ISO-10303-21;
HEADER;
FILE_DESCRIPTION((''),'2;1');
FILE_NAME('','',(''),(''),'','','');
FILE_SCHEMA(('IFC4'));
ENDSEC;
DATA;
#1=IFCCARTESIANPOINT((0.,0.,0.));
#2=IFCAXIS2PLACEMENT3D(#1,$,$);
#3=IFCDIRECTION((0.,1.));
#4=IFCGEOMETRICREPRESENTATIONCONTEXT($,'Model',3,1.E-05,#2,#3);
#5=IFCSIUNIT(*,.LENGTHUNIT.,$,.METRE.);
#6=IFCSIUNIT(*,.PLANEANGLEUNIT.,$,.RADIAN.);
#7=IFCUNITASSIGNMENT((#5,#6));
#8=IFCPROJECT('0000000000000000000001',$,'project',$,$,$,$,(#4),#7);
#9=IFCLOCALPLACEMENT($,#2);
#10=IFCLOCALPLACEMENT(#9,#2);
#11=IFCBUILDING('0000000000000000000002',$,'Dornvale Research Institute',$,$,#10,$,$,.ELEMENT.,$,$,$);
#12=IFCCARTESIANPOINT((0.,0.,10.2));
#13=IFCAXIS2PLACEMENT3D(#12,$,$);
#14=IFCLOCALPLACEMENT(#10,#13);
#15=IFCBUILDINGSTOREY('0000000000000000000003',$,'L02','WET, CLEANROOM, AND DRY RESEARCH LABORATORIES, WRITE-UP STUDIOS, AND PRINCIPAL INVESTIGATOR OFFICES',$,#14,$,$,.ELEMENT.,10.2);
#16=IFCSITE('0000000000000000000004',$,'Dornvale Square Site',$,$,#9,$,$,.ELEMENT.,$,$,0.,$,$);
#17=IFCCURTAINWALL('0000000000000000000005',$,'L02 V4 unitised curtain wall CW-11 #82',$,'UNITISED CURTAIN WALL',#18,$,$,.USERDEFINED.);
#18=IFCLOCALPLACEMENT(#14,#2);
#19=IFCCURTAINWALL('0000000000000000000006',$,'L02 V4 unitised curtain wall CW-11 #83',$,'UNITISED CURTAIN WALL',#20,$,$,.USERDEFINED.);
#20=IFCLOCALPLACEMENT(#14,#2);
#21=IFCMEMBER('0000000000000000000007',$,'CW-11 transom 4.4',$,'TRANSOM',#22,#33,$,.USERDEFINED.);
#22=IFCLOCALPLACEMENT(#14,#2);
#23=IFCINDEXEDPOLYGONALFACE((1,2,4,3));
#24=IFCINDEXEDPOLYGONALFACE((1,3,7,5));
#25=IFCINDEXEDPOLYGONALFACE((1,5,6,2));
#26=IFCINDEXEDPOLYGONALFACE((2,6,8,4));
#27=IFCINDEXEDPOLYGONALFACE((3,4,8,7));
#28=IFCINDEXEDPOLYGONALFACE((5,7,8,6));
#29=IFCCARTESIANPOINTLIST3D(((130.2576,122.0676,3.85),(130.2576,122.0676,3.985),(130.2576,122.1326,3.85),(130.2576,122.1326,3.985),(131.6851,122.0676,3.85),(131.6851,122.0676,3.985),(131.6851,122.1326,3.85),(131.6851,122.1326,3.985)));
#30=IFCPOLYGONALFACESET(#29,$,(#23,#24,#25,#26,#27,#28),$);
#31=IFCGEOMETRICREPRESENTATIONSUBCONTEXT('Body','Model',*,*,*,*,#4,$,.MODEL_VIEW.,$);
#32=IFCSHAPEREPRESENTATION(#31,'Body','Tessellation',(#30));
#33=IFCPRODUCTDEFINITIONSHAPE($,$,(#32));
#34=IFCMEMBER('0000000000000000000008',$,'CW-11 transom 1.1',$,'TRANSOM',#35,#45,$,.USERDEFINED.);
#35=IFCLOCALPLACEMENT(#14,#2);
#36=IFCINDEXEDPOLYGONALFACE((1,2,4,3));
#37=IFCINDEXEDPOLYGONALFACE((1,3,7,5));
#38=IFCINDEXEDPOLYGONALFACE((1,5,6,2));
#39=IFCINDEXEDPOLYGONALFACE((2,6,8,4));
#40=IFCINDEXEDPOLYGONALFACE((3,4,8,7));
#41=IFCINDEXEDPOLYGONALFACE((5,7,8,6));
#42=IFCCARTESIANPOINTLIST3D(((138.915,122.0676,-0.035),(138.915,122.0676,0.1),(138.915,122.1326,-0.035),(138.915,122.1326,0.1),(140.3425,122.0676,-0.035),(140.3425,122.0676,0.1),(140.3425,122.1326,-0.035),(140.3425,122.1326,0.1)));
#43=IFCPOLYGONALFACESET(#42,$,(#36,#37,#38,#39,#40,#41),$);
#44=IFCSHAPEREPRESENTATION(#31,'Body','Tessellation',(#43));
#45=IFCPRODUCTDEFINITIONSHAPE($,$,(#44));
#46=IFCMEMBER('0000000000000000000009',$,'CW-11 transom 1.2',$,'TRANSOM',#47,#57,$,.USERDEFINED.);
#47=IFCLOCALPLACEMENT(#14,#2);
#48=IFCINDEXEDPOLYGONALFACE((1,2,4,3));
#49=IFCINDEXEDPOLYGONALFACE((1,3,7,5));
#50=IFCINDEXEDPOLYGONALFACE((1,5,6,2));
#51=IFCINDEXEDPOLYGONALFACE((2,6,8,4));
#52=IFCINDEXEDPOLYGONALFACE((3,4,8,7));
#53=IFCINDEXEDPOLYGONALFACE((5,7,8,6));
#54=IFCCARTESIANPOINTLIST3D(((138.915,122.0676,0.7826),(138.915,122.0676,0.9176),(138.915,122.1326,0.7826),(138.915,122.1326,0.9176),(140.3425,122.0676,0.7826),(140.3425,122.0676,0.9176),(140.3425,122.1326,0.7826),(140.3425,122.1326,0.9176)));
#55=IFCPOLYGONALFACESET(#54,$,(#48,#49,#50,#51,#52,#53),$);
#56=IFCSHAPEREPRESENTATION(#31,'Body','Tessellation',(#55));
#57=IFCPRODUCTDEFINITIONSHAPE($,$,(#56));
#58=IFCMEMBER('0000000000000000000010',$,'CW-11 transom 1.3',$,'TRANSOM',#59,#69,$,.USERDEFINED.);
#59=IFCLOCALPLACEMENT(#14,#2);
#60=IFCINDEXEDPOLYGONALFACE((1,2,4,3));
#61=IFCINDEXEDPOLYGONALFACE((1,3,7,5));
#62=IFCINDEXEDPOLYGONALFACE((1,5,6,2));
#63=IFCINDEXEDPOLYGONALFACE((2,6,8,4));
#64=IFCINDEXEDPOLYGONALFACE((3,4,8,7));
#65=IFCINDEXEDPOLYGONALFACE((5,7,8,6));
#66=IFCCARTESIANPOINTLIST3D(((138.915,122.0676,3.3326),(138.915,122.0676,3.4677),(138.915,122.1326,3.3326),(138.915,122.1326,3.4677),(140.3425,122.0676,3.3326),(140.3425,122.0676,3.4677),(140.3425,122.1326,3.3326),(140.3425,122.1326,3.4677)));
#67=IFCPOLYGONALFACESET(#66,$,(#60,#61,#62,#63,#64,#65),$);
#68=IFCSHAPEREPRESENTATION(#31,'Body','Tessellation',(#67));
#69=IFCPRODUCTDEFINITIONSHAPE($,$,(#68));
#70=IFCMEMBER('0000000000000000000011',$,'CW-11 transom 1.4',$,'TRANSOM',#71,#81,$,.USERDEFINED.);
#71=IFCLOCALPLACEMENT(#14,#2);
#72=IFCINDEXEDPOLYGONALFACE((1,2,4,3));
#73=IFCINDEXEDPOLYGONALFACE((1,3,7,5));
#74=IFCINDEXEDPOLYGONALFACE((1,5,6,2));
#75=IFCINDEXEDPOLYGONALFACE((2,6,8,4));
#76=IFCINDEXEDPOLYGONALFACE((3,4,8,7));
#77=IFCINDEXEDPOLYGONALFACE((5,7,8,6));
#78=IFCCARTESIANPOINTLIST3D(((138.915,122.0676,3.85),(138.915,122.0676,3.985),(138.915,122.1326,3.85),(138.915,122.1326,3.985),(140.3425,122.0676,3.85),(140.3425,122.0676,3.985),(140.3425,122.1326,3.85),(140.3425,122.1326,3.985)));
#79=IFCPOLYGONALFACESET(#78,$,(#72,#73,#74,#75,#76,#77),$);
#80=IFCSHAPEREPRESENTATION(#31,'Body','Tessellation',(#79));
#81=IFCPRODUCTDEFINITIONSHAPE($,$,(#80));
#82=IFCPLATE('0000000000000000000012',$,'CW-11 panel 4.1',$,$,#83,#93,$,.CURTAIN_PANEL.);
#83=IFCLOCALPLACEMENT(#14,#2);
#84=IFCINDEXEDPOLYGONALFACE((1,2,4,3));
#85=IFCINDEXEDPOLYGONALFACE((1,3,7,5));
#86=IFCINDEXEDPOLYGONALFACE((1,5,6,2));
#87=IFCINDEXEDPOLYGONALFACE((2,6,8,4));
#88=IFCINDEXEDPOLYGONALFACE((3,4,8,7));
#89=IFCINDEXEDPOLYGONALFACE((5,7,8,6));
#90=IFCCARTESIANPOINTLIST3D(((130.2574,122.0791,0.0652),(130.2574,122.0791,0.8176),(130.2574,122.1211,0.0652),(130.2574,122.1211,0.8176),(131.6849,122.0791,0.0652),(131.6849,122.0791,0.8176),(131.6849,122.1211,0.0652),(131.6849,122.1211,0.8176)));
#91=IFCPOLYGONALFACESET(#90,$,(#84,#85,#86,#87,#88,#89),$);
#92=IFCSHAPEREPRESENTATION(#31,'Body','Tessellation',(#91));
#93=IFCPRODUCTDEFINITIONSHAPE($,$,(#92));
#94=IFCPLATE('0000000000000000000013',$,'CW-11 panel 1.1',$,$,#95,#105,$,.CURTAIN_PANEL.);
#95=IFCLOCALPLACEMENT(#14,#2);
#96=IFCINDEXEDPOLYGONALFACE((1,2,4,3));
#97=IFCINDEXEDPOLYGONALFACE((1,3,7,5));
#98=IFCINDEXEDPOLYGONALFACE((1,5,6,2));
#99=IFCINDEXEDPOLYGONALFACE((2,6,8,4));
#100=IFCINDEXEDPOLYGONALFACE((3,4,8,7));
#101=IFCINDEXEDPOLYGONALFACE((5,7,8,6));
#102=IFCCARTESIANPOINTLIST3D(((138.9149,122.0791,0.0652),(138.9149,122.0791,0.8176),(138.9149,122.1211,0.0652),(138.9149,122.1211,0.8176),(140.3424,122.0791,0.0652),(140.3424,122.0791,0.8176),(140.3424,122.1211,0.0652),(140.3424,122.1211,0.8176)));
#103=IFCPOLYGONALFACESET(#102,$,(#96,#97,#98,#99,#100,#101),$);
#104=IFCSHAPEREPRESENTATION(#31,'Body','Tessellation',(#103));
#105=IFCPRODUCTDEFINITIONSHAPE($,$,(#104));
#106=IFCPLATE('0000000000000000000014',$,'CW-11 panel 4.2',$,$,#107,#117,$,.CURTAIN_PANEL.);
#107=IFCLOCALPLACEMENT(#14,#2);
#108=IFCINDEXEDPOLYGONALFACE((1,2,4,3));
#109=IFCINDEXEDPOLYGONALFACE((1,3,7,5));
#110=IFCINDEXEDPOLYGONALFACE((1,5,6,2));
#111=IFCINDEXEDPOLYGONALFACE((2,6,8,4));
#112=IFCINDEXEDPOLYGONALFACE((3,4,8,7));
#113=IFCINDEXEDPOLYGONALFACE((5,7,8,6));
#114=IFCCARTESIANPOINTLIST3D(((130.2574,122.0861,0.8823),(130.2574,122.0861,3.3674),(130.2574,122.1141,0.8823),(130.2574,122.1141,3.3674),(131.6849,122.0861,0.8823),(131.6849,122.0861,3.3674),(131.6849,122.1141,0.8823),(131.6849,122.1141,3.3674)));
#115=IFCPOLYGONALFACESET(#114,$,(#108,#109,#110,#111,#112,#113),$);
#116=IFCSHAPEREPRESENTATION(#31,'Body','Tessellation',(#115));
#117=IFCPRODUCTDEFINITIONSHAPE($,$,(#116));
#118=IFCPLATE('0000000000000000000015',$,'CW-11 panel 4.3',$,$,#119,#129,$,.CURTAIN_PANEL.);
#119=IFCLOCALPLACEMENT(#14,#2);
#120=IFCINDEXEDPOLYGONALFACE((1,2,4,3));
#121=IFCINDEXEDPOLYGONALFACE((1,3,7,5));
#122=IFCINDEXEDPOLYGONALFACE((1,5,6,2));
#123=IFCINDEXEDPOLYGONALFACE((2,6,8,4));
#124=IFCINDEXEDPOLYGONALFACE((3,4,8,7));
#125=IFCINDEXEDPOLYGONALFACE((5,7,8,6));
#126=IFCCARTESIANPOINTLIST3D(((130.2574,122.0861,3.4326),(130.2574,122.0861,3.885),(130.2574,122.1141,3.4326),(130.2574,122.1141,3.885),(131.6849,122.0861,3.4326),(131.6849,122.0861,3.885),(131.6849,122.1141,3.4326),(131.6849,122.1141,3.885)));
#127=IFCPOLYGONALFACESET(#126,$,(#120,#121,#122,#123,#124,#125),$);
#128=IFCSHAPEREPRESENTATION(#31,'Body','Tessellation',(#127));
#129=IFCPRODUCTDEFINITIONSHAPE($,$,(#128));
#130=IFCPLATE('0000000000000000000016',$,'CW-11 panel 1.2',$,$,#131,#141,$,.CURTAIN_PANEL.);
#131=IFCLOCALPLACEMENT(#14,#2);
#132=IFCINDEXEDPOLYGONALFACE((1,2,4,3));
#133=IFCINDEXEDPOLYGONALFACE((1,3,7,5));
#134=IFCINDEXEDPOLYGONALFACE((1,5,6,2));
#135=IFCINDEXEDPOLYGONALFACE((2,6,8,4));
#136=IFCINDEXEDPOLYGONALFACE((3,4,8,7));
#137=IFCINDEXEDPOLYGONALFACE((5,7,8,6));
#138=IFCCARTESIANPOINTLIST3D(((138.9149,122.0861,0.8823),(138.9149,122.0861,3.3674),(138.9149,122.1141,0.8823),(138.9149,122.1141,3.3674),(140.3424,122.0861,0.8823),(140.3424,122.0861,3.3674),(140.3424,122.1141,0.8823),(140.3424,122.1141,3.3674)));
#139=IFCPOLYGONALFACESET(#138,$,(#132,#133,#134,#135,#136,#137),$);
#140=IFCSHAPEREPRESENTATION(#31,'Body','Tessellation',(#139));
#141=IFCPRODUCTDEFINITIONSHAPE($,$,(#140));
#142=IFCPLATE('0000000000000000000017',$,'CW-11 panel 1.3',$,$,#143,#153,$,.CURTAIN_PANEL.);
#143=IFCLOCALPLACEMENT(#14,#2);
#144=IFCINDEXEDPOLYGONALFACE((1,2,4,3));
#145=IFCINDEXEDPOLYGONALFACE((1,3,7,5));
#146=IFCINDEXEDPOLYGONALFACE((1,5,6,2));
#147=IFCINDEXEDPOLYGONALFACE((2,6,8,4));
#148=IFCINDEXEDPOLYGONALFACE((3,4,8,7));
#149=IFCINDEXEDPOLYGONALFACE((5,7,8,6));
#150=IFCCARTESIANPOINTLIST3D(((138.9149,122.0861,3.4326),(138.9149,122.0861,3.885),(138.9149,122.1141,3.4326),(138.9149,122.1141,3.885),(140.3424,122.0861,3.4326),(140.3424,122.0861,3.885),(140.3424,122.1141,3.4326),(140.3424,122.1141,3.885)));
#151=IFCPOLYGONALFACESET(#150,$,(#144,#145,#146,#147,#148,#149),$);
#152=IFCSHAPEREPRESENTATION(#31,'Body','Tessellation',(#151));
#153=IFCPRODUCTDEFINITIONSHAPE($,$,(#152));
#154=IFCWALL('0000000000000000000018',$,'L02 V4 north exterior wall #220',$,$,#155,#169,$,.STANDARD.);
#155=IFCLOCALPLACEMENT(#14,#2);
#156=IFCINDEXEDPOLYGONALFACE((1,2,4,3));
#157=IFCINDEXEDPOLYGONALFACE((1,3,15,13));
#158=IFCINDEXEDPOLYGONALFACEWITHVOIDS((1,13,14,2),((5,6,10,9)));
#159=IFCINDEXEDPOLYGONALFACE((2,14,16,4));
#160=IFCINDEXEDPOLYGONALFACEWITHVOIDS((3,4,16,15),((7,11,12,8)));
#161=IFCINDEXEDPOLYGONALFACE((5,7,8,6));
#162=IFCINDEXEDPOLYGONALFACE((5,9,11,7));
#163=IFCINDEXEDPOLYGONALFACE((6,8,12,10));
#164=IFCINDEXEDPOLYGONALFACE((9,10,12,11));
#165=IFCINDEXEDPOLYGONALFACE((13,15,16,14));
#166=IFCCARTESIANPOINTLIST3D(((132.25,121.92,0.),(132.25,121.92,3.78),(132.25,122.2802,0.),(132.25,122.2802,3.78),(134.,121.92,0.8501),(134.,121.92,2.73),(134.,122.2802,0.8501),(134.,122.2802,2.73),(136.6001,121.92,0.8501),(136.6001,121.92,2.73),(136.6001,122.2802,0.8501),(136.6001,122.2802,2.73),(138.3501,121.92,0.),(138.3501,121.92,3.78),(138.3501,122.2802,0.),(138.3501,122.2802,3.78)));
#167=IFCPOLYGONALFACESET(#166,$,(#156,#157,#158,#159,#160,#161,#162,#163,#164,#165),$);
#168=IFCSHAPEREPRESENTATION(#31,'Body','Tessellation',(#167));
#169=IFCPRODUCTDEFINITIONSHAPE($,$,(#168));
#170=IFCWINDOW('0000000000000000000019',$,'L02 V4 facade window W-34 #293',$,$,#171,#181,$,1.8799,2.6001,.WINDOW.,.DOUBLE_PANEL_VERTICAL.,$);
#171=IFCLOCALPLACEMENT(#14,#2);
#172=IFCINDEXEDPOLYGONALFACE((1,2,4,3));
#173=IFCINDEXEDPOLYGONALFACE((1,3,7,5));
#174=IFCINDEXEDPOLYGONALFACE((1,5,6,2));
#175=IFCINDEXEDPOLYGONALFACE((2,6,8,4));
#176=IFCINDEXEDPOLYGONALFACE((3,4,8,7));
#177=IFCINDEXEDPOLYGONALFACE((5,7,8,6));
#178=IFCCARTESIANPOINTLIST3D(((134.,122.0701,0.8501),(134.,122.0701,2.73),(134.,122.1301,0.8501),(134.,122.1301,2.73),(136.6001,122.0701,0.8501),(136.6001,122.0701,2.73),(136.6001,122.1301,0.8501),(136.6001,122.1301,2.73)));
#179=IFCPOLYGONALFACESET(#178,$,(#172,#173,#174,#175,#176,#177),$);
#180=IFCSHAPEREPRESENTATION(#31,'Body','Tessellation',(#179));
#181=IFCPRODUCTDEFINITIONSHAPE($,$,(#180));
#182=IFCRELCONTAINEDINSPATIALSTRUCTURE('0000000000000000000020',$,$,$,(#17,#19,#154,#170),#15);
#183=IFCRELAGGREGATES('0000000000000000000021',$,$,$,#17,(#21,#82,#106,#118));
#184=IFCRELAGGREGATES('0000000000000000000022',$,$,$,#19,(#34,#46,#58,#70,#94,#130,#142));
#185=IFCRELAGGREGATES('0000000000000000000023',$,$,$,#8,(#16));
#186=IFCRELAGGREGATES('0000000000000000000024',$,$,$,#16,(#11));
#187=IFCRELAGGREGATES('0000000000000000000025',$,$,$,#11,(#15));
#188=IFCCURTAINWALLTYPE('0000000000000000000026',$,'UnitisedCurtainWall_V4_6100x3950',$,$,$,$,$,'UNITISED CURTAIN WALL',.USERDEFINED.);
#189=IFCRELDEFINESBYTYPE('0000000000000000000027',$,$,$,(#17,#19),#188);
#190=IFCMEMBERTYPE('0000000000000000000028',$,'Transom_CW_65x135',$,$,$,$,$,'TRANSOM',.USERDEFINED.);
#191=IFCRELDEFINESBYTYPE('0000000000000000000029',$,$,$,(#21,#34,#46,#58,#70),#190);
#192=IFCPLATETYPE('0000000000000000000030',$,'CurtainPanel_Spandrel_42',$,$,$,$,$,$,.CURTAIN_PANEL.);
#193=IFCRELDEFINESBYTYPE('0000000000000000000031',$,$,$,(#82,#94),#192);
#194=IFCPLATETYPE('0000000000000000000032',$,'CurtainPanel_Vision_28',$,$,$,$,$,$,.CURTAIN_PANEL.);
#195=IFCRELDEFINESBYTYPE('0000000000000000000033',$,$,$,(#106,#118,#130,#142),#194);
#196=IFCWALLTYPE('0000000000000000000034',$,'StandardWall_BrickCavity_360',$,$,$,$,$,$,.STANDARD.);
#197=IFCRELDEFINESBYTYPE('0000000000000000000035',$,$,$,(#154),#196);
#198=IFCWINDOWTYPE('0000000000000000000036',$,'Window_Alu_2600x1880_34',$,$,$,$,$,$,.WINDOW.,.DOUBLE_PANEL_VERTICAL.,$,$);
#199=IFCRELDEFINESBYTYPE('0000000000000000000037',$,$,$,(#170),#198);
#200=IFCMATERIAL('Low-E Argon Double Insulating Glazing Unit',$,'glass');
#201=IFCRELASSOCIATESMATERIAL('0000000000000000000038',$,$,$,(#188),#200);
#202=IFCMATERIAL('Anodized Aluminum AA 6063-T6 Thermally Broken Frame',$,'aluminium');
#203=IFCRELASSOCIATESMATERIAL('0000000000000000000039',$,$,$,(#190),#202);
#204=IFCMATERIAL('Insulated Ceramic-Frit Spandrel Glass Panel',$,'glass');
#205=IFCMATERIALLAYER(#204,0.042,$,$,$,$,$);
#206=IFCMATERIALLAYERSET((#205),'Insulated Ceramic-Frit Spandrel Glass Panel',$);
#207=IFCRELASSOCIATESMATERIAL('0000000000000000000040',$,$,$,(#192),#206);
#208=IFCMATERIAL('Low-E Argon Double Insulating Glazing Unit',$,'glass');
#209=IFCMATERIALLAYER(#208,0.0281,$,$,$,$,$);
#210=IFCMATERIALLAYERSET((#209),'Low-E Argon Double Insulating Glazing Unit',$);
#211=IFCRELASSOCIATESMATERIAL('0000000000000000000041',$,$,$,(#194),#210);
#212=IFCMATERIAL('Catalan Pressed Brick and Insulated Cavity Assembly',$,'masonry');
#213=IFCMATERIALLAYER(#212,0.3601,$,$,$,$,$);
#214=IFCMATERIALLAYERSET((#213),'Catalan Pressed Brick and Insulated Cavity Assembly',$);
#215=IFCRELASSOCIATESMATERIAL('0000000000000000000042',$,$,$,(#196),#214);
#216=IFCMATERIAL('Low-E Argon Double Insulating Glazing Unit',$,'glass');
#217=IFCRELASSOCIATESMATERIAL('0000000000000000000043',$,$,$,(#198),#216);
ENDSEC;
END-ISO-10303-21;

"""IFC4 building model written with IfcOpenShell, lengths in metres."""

from ifc_helpers import new_model, si_unit, direction, frame, frame_2d, origin, origin_2d, place, context, subcontext, project, spatial, rectangle, extrude, material, layer, layer_set, material_profile, profile_set, type_object, element, fill, aggregate, save


model = new_model("IFC4")

# Units and contexts
model_context = context("Model", 3, precision=1e-05, world=origin(), true_north=direction((0.0, 1.0)))
body_context = subcontext(model_context, "Body", "Model", "MODEL_VIEW")
ifc_project = project(units=[si_unit("LENGTHUNIT", "METRE"), si_unit("PLANEANGLEUNIT", "RADIAN")], contexts=[model_context])

# Site, building, storey
site_placement = place(None, origin())
site = spatial("IfcSite", under=ifc_project, at=site_placement, Name="Dornvale Square Site", CompositionType="ELEMENT", RefElevation=0.0)
building_placement = place(site_placement, origin())
building = spatial("IfcBuilding", under=site, at=building_placement, Name="Dornvale Research Institute", CompositionType="ELEMENT")
storey_placement = place(building_placement, frame((0.0, 0.0, 10.2)))
storey = spatial("IfcBuildingStorey", under=building, at=storey_placement, Name="L02", Description="WET, CLEANROOM, AND DRY RESEARCH LABORATORIES, WRITE-UP STUDIOS, AND PRINCIPAL INVESTIGATOR OFFICES", CompositionType="ELEMENT", Elevation=10.2)

# Curtain wall
ifc_material_1 = material(Name="Low-E Argon Double Insulating Glazing Unit", Category="glass")
curtain_wall_type = type_object("IfcCurtainWallType", Name="UnitisedCurtainWall_V4_6100x3950", ElementType="UNITISED CURTAIN WALL", PredefinedType="USERDEFINED", material=ifc_material_1)
curtain_wall_1_placement = place(storey_placement, origin())
curtain_wall_1 = element("IfcCurtainWall", 1, at=curtain_wall_1_placement, inside=storey, type_object=curtain_wall_type, Name="L02 V4 unitised curtain wall CW-11 #82", ObjectType="UNITISED CURTAIN WALL", PredefinedType="USERDEFINED")

# Curtain wall
curtain_wall_2_placement = place(storey_placement, origin())
curtain_wall_2 = element("IfcCurtainWall", 2, at=curtain_wall_2_placement, inside=storey, type_object=curtain_wall_type, Name="L02 V4 unitised curtain wall CW-11 #83", ObjectType="UNITISED CURTAIN WALL", PredefinedType="USERDEFINED")

# Members
ifc_material_2 = material(Name="Anodized Aluminum AA 6063-T6 Thermally Broken Frame", Category="aluminium")
ifc_material_profile_1 = material_profile(ifc_material_2, rectangle(XDim=0.0649, YDim=0.135, at=origin_2d()), Name="ALU TRANSOM 65x135")
ifc_profile_set_1 = profile_set([ifc_material_profile_1], Name="Anodized Aluminum AA 6063-T6 Thermally Broken Frame")
member_type_1 = type_object("IfcMemberType", Name="Transom_CW_65x135", ElementType="TRANSOM", PredefinedType="USERDEFINED", material=ifc_profile_set_1)
member_1_placement = place(storey_placement, frame((130.2576, 122.1001, 3.9175), z_axis=(1.0, 0.0, 0.0), x_axis=(0.0, 1.0, 0.0)))
member_1 = element("IfcMember", 3, at=member_1_placement, type_object=member_type_1, Name="CW-11 transom 4.4", ObjectType="TRANSOM", PredefinedType="USERDEFINED", context=body_context, shape_type="SweptSolid", body=[
    extrude(rectangle(XDim=0.0649, YDim=0.135, at=origin_2d()), origin(), (0.0, 0.0, 1.0), 1.4275),
])
member_2_placement = place(storey_placement, frame((138.915, 122.1001, 0.0325), z_axis=(1.0, 0.0, 0.0), x_axis=(0.0, 1.0, 0.0)))
member_2 = element("IfcMember", 4, at=member_2_placement, type_object=member_type_1, Name="CW-11 transom 1.1", ObjectType="TRANSOM", PredefinedType="USERDEFINED", context=body_context, shape_type="SweptSolid", body=[
    extrude(rectangle(XDim=0.0649, YDim=0.135, at=origin_2d()), origin(), (0.0, 0.0, 1.0), 1.4275),
])
member_3_placement = place(storey_placement, frame((138.915, 122.1001, 0.8501), z_axis=(1.0, 0.0, 0.0), x_axis=(0.0, 1.0, 0.0)))
member_3 = element("IfcMember", 5, at=member_3_placement, type_object=member_type_1, Name="CW-11 transom 1.2", ObjectType="TRANSOM", PredefinedType="USERDEFINED", context=body_context, shape_type="SweptSolid", body=[
    extrude(rectangle(XDim=0.0649, YDim=0.135, at=origin_2d()), origin(), (0.0, 0.0, 1.0), 1.4275),
])
member_4_placement = place(storey_placement, frame((138.915, 122.1001, 3.4001), z_axis=(1.0, 0.0, 0.0), x_axis=(0.0, 1.0, 0.0)))
member_4 = element("IfcMember", 6, at=member_4_placement, type_object=member_type_1, Name="CW-11 transom 1.3", ObjectType="TRANSOM", PredefinedType="USERDEFINED", context=body_context, shape_type="SweptSolid", body=[
    extrude(rectangle(XDim=0.0649, YDim=0.135, at=origin_2d()), origin(), (0.0, 0.0, 1.0), 1.4275),
])
member_5_placement = place(storey_placement, frame((138.915, 122.1001, 3.9175), z_axis=(1.0, 0.0, 0.0), x_axis=(0.0, 1.0, 0.0)))
member_5 = element("IfcMember", 7, at=member_5_placement, type_object=member_type_1, Name="CW-11 transom 1.4", ObjectType="TRANSOM", PredefinedType="USERDEFINED", context=body_context, shape_type="SweptSolid", body=[
    extrude(rectangle(XDim=0.0649, YDim=0.135, at=origin_2d()), origin(), (0.0, 0.0, 1.0), 1.4275),
])

# Plates
ifc_material_3 = material(Name="Insulated Ceramic-Frit Spandrel Glass Panel", Category="glass")
ifc_layer_1 = layer(ifc_material_3, 0.042)
ifc_layer_set_1 = layer_set([ifc_layer_1], Name="Insulated Ceramic-Frit Spandrel Glass Panel")
plate_type_1 = type_object("IfcPlateType", Name="CurtainPanel_Spandrel_42", PredefinedType="CURTAIN_PANEL", material=ifc_layer_set_1)
plate_1_placement = place(storey_placement, frame((130.9712, 122.1001, 0.0652), z_axis=(0.0, 0.0, 1.0), x_axis=(1.0, 0.0, 0.0)))
plate_1 = element("IfcPlate", 8, at=plate_1_placement, type_object=plate_type_1, Name="CW-11 panel 4.1", PredefinedType="CURTAIN_PANEL", context=body_context, shape_type="SweptSolid", body=[
    extrude(rectangle(XDim=1.4275, YDim=0.042, at=origin_2d()), origin(), (0.0, 0.0, 1.0), 0.7524),
])
plate_2_placement = place(storey_placement, frame((139.6287, 122.1001, 0.0652), z_axis=(0.0, 0.0, 1.0), x_axis=(1.0, 0.0, 0.0)))
plate_2 = element("IfcPlate", 9, at=plate_2_placement, type_object=plate_type_1, Name="CW-11 panel 1.1", PredefinedType="CURTAIN_PANEL", context=body_context, shape_type="SweptSolid", body=[
    extrude(rectangle(XDim=1.4275, YDim=0.042, at=origin_2d()), origin(), (0.0, 0.0, 1.0), 0.7524),
])
ifc_material_4 = material(Name="Low-E Argon Double Insulating Glazing Unit", Category="glass")
ifc_layer_2 = layer(ifc_material_4, 0.0281)
ifc_layer_set_2 = layer_set([ifc_layer_2], Name="Low-E Argon Double Insulating Glazing Unit")
plate_type_2 = type_object("IfcPlateType", Name="CurtainPanel_Vision_28", PredefinedType="CURTAIN_PANEL", material=ifc_layer_set_2)
plate_3_placement = place(storey_placement, frame((130.9712, 122.1001, 0.8823), z_axis=(0.0, 0.0, 1.0), x_axis=(1.0, 0.0, 0.0)))
plate_3 = element("IfcPlate", 10, at=plate_3_placement, type_object=plate_type_2, Name="CW-11 panel 4.2", PredefinedType="CURTAIN_PANEL", context=body_context, shape_type="SweptSolid", body=[
    extrude(rectangle(XDim=1.4275, YDim=0.0281, at=origin_2d()), origin(), (0.0, 0.0, 1.0), 2.4851),
])
plate_4_placement = place(storey_placement, frame((130.9712, 122.1001, 3.4326), z_axis=(0.0, 0.0, 1.0), x_axis=(1.0, 0.0, 0.0)))
plate_4 = element("IfcPlate", 11, at=plate_4_placement, type_object=plate_type_2, Name="CW-11 panel 4.3", PredefinedType="CURTAIN_PANEL", context=body_context, shape_type="SweptSolid", body=[
    extrude(rectangle(XDim=1.4275, YDim=0.0281, at=origin_2d()), origin(), (0.0, 0.0, 1.0), 0.4524),
])
aggregate(curtain_wall_1, [member_1, plate_1, plate_3, plate_4])
plate_5_placement = place(storey_placement, frame((139.6287, 122.1001, 0.8823), z_axis=(0.0, 0.0, 1.0), x_axis=(1.0, 0.0, 0.0)))
plate_5 = element("IfcPlate", 12, at=plate_5_placement, type_object=plate_type_2, Name="CW-11 panel 1.2", PredefinedType="CURTAIN_PANEL", context=body_context, shape_type="SweptSolid", body=[
    extrude(rectangle(XDim=1.4275, YDim=0.0281, at=origin_2d()), origin(), (0.0, 0.0, 1.0), 2.4851),
])
plate_6_placement = place(storey_placement, frame((139.6287, 122.1001, 3.4326), z_axis=(0.0, 0.0, 1.0), x_axis=(1.0, 0.0, 0.0)))
plate_6 = element("IfcPlate", 13, at=plate_6_placement, type_object=plate_type_2, Name="CW-11 panel 1.3", PredefinedType="CURTAIN_PANEL", context=body_context, shape_type="SweptSolid", body=[
    extrude(rectangle(XDim=1.4275, YDim=0.0281, at=origin_2d()), origin(), (0.0, 0.0, 1.0), 0.4524),
])
aggregate(curtain_wall_2, [member_2, member_3, member_4, member_5, plate_2, plate_5, plate_6])

# Wall, opening, window
ifc_material_5 = material(Name="Catalan Pressed Brick and Insulated Cavity Assembly", Category="masonry")
ifc_layer_3 = layer(ifc_material_5, 0.3601)
ifc_layer_set_3 = layer_set([ifc_layer_3], Name="Catalan Pressed Brick and Insulated Cavity Assembly")
wall_type = type_object("IfcWallType", Name="StandardWall_BrickCavity_360", PredefinedType="STANDARD", material=ifc_layer_set_3)
wall_placement = place(storey_placement, frame((132.25, 122.1001, 0.0), z_axis=(0.0, 0.0, 1.0), x_axis=(1.0, 0.0, 0.0)))
wall = element("IfcWall", 14, at=wall_placement, inside=storey, type_object=wall_type, Name="L02 V4 north exterior wall #220", PredefinedType="STANDARD", context=body_context, shape_type="SweptSolid", body=[
    extrude(rectangle(XDim=6.1001, YDim=0.3601, at=frame_2d((3.05, 0.0))), origin(), (0.0, 0.0, 1.0), 3.78),
])
opening_placement = place(wall_placement, frame((1.75, 0.0, 0.8501)))
opening = element("IfcOpeningElement", 15, at=opening_placement, cuts=wall, PredefinedType="OPENING", context=body_context, shape_type="SweptSolid", body=[
    extrude(rectangle(XDim=2.6001, YDim=1.8799, at=frame_2d((1.3, 0.9399))), frame((0.0, 0.1951, 0.0), z_axis=(0.0, -1.0, 0.0), x_axis=(1.0, 0.0, 0.0)), (0.0, 0.0, 1.0), 0.3901),
])
ifc_material_6 = material(Name="Low-E Argon Double Insulating Glazing Unit", Category="glass")
window_type = type_object("IfcWindowType", Name="Window_Alu_2600x1880_34", PartitioningType="DOUBLE_PANEL_VERTICAL", PredefinedType="WINDOW", material=ifc_material_6)
window_placement = place(opening_placement, origin())
window = element("IfcWindow", 16, at=window_placement, inside=storey, type_object=window_type, Name="L02 V4 facade window W-34 #293", OverallHeight=1.8799, OverallWidth=2.6001, PartitioningType="DOUBLE_PANEL_VERTICAL", PredefinedType="WINDOW", context=body_context, shape_type="SweptSolid", body=[
    extrude(rectangle(XDim=2.6001, YDim=1.8799, at=frame_2d((1.3, 0.9399))), frame((0.0, 0.03, 0.0), z_axis=(0.0, -1.0, 0.0), x_axis=(1.0, 0.0, 0.0)), (0.0, 0.0, 1.0), 0.0601),
])
fill(opening, window)

save(model, "model.ifc")
